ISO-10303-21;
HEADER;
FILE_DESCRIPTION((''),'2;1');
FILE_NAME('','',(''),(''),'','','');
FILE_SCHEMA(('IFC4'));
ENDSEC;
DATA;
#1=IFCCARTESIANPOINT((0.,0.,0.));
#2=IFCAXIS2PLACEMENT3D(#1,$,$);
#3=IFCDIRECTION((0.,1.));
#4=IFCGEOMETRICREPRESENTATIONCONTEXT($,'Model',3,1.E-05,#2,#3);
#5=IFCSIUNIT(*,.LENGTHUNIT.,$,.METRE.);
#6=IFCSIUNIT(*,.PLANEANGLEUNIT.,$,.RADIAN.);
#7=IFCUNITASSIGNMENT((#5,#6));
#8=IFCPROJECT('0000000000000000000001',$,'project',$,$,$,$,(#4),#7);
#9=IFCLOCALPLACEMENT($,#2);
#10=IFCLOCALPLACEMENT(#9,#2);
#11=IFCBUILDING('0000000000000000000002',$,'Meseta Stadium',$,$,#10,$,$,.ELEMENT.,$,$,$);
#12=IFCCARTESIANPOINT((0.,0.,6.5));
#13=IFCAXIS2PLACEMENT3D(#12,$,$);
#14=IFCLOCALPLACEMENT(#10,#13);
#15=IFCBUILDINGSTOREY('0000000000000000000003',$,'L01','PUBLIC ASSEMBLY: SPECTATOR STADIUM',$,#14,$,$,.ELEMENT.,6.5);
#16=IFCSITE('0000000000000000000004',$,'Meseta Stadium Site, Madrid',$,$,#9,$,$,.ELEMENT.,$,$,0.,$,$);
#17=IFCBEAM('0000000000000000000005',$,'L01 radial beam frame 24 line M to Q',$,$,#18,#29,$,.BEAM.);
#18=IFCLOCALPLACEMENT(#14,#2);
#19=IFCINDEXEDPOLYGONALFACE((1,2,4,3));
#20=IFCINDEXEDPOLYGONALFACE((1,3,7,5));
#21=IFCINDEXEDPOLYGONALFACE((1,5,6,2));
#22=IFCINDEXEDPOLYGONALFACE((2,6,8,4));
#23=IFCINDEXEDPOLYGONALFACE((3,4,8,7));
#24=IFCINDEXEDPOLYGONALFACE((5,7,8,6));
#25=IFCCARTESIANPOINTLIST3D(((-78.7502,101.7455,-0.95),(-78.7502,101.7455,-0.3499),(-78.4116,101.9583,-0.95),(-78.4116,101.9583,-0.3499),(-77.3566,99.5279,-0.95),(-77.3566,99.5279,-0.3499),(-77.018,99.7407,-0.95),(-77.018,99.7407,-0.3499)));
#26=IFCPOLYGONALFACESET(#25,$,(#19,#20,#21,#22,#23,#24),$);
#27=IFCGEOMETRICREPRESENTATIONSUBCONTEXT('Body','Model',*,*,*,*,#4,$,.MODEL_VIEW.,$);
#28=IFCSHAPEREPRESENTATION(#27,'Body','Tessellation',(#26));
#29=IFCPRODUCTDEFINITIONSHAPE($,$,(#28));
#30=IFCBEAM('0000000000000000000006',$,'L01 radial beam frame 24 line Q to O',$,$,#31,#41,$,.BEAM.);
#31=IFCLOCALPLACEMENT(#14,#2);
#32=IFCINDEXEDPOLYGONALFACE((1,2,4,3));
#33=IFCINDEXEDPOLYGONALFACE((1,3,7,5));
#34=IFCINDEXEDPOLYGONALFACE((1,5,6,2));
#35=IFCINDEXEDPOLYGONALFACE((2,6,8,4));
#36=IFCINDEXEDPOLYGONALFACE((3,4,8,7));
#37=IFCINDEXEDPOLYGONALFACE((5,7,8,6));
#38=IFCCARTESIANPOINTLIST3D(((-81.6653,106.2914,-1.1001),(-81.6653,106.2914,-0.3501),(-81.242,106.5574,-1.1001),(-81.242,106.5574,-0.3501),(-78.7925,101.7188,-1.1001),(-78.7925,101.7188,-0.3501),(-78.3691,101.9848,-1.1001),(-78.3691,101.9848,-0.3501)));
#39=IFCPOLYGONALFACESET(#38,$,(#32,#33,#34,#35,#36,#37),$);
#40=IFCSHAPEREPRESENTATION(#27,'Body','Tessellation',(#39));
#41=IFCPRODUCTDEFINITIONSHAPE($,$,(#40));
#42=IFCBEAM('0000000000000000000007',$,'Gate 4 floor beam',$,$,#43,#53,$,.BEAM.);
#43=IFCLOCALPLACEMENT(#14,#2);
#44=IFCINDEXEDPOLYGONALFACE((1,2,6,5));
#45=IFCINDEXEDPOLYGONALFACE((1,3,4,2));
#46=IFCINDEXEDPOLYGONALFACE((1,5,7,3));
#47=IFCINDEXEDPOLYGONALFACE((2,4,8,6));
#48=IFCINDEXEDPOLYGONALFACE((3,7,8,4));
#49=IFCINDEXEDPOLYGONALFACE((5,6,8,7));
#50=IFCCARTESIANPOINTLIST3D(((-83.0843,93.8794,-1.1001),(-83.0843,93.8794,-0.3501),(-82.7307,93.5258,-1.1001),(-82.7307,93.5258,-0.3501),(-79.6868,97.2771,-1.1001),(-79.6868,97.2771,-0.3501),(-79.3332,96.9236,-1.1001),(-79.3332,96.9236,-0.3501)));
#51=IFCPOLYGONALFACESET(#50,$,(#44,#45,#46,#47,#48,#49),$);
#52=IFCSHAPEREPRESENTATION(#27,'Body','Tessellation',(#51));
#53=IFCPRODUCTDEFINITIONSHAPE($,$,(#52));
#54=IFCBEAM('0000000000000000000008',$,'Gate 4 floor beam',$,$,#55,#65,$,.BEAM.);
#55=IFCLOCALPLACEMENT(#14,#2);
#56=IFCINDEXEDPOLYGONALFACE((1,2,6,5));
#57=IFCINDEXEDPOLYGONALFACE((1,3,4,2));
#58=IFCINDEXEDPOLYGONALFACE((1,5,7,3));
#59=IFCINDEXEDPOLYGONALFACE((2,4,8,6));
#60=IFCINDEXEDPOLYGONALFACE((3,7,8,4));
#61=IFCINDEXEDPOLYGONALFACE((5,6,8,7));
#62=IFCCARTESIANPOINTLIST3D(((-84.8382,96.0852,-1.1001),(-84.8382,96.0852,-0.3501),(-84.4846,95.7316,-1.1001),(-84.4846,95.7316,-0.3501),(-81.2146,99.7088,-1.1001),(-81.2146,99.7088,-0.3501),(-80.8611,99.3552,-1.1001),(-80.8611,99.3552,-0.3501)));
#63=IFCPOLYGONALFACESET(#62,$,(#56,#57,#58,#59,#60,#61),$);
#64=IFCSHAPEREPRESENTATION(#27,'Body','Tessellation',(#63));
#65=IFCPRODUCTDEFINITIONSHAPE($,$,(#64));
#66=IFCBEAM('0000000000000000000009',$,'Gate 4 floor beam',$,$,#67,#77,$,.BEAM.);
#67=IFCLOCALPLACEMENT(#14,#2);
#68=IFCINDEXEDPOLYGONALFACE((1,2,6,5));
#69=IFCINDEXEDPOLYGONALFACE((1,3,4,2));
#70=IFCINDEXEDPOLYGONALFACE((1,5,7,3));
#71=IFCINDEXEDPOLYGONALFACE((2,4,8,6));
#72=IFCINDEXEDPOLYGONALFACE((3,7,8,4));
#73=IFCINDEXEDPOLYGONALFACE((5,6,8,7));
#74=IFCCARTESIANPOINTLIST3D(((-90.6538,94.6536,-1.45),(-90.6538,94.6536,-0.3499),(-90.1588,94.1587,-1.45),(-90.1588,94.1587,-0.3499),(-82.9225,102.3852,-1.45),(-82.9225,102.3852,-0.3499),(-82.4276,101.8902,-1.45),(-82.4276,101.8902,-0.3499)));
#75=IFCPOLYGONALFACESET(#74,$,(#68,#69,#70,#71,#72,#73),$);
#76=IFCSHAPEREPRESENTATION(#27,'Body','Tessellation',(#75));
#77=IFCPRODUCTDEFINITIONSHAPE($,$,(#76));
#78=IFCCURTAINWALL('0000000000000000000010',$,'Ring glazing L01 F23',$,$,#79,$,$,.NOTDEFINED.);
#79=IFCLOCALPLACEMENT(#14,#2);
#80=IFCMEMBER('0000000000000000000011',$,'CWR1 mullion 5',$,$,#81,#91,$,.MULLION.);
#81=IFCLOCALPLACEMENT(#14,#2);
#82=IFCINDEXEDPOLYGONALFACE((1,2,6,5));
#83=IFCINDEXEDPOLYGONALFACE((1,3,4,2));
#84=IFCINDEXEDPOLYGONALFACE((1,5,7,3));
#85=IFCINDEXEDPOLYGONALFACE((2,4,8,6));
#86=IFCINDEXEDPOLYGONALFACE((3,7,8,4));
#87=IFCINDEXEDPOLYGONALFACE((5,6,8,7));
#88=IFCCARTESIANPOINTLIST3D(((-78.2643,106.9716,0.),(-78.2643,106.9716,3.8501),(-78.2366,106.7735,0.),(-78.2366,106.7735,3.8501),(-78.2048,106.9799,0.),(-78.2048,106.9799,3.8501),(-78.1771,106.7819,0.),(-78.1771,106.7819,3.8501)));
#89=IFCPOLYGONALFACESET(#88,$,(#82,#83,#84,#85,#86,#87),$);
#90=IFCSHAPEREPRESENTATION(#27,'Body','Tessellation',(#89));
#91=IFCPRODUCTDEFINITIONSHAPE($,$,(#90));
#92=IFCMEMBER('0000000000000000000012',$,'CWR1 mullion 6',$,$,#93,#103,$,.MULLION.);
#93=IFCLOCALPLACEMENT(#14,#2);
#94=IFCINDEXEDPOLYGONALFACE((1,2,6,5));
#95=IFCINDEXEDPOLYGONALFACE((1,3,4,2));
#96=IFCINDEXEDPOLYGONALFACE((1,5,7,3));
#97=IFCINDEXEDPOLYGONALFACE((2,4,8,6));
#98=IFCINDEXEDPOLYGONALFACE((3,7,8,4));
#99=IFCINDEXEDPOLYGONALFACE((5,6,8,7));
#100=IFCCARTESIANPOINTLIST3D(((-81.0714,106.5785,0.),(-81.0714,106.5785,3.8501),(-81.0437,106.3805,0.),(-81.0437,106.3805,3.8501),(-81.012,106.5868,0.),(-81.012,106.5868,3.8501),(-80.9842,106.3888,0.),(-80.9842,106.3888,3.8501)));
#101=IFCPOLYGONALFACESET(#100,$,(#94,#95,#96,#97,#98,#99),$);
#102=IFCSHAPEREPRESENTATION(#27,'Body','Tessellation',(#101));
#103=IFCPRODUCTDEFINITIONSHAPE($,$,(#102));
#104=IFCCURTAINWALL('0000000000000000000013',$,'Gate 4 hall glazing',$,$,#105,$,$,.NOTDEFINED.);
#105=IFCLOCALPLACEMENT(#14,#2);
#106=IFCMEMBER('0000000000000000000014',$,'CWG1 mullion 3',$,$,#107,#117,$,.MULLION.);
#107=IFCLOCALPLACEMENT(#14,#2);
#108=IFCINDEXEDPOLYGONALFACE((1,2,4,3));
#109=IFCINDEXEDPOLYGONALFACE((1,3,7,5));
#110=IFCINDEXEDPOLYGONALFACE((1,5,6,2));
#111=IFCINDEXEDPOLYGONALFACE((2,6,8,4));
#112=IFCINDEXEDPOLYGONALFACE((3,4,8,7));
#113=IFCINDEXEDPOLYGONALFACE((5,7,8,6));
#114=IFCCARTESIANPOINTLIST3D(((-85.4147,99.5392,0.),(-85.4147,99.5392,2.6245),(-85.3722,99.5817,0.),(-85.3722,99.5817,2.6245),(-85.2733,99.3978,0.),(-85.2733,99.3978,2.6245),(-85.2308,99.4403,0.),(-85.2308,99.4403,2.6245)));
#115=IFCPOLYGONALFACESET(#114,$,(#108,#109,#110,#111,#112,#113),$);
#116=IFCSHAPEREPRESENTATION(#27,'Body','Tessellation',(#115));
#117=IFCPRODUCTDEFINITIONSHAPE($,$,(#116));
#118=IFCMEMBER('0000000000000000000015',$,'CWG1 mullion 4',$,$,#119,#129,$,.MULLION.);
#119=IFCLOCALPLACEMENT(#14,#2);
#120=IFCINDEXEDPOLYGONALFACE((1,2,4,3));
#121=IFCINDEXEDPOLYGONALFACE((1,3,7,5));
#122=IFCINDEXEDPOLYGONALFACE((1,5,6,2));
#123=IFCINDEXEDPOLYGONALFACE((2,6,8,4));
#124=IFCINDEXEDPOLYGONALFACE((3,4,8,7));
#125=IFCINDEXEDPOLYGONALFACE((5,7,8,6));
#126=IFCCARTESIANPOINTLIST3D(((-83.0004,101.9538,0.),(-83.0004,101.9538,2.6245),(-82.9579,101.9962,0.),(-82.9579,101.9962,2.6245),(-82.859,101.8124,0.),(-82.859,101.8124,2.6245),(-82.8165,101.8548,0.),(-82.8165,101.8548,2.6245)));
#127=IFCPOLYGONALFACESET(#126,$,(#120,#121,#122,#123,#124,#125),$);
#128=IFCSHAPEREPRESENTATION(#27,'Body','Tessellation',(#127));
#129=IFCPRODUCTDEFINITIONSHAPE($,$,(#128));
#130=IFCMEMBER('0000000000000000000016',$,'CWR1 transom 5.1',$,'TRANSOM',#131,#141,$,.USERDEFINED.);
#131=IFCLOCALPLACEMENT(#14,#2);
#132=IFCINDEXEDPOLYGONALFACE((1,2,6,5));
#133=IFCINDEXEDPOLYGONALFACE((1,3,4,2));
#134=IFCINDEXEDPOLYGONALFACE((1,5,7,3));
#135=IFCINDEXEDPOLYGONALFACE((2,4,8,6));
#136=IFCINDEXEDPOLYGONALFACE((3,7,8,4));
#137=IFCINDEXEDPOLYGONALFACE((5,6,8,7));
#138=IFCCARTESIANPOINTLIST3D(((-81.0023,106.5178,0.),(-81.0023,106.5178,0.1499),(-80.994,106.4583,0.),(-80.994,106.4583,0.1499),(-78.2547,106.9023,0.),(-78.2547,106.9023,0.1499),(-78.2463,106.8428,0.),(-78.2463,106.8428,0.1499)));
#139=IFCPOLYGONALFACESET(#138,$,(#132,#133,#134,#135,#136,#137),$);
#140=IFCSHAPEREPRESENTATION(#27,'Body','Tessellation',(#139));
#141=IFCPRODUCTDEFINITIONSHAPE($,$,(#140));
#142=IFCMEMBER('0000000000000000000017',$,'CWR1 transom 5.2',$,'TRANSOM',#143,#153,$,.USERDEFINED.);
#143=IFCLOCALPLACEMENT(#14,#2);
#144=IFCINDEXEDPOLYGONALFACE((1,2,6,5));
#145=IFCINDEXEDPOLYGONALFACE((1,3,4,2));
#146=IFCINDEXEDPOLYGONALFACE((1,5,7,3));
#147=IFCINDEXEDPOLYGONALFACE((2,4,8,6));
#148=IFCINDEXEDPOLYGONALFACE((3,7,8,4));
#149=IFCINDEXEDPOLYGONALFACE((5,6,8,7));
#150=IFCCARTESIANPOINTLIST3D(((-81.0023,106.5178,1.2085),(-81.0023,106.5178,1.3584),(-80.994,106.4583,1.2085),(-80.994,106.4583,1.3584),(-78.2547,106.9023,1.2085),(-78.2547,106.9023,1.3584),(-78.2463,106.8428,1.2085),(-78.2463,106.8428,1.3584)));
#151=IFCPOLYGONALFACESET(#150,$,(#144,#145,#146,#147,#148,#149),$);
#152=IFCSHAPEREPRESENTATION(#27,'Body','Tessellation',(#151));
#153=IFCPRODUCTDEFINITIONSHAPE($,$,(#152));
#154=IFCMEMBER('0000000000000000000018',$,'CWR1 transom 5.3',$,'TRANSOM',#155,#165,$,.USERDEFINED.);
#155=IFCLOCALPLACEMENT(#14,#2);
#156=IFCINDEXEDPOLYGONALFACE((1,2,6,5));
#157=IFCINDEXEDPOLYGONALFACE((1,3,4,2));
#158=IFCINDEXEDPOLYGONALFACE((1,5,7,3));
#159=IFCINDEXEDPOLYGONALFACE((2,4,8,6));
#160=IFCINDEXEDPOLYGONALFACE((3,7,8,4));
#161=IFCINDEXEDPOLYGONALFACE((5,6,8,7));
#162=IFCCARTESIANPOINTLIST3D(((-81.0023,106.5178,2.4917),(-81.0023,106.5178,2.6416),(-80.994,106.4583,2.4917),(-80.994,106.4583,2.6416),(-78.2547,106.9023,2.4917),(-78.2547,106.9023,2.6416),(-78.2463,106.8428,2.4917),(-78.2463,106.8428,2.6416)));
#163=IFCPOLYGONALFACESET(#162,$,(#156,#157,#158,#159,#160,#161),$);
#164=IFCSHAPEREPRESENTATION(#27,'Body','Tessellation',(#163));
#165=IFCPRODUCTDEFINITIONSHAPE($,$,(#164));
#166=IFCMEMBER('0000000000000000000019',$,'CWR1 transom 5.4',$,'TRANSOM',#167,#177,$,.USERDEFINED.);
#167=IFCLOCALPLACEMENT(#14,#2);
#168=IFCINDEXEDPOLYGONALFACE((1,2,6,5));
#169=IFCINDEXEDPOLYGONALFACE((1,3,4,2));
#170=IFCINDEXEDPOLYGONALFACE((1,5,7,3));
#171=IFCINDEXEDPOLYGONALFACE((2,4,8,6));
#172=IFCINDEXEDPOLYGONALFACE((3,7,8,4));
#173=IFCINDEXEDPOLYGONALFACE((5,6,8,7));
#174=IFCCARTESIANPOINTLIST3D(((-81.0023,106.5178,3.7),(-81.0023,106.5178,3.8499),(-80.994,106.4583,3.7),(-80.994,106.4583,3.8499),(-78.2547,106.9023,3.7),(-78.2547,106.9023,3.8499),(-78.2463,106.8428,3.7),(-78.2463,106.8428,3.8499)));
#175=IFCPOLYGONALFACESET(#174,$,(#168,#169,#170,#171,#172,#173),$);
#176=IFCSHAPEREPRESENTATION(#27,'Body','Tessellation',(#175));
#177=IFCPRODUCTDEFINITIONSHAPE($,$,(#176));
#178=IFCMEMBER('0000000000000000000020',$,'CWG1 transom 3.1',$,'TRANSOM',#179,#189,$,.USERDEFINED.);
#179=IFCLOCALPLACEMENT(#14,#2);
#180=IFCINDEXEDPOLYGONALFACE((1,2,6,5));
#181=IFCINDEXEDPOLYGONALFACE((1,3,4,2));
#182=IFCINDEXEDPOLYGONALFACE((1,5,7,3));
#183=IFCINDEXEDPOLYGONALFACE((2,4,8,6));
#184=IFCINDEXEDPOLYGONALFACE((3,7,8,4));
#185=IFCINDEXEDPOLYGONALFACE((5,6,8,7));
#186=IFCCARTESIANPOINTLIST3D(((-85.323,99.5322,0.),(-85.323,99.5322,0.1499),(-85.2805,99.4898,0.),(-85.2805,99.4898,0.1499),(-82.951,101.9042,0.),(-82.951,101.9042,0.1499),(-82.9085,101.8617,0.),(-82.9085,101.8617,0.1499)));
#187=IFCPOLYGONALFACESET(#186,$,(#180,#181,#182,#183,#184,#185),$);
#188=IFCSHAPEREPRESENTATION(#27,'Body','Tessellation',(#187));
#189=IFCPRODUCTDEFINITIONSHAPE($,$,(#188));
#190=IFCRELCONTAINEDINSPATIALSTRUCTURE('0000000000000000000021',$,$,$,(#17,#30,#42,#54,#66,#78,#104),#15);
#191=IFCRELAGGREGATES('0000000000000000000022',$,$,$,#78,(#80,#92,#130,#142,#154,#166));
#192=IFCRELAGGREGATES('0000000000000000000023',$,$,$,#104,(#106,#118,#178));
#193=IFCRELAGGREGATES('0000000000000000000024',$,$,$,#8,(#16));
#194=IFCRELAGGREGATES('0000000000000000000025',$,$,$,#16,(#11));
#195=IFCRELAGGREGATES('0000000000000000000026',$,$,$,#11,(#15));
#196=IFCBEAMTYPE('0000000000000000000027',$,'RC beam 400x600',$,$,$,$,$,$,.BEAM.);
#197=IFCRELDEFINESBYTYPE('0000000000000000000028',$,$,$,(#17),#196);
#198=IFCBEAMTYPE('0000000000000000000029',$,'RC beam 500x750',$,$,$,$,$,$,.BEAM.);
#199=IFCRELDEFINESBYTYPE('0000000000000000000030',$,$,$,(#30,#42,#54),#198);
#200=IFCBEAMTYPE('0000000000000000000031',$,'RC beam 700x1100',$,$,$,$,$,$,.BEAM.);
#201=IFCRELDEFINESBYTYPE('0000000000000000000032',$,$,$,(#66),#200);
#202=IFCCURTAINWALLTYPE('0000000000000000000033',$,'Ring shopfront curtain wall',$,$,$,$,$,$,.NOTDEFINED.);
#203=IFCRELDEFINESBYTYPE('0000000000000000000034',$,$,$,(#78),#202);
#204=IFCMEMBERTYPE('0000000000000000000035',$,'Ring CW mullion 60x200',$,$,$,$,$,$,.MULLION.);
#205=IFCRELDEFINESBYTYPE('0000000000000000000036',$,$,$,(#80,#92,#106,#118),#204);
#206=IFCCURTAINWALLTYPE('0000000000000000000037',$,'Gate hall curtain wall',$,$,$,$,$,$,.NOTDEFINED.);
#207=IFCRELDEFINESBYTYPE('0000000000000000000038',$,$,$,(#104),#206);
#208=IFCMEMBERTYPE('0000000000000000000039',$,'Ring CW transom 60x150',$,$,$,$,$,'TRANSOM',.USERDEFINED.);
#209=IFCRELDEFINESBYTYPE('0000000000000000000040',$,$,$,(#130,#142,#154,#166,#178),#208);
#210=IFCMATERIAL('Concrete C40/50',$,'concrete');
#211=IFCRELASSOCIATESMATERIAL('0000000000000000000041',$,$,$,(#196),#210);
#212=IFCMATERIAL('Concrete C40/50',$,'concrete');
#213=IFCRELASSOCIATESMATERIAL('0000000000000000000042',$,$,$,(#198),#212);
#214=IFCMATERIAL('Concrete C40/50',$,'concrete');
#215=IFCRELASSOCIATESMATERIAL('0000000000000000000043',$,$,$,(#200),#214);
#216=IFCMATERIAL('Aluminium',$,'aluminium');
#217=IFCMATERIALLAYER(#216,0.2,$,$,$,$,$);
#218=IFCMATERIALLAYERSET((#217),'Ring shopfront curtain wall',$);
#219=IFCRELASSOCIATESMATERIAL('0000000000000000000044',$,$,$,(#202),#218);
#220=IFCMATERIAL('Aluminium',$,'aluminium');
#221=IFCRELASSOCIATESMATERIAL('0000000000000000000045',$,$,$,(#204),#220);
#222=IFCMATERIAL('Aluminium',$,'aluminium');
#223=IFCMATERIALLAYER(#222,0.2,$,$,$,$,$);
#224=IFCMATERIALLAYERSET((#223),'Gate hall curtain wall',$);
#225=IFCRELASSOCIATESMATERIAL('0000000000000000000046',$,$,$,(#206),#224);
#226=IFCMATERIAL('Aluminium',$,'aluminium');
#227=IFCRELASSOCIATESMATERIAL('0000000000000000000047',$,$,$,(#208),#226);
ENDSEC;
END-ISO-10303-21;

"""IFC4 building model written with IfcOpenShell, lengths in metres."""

from ifc_helpers import new_model, si_unit, direction, frame, origin, origin_2d, place, context, subcontext, project, spatial, rectangle, extrude, material, layer, layer_set, material_profile, profile_set, type_object, element, aggregate, save


model = new_model("IFC4")

# Units and contexts
model_context = context("Model", 3, precision=1e-05, world=origin(), true_north=direction((0.0, 1.0)))
body_context = subcontext(model_context, "Body", "Model", "MODEL_VIEW")
ifc_project = project(units=[si_unit("LENGTHUNIT", "METRE"), si_unit("PLANEANGLEUNIT", "RADIAN")], contexts=[model_context])

# Site, building, storey
site_placement = place(None, origin())
site = spatial("IfcSite", under=ifc_project, at=site_placement, Name="Meseta Stadium Site, Madrid", CompositionType="ELEMENT", RefElevation=0.0)
building_placement = place(site_placement, origin())
building = spatial("IfcBuilding", under=site, at=building_placement, Name="Meseta Stadium", CompositionType="ELEMENT")
storey_placement = place(building_placement, frame((0.0, 0.0, 6.5)))
storey = spatial("IfcBuildingStorey", under=building, at=storey_placement, Name="L01", Description="PUBLIC ASSEMBLY: SPECTATOR STADIUM", CompositionType="ELEMENT", Elevation=6.5)

# Beams
ifc_material_1 = material(Name="Concrete C40/50", Category="concrete")
ifc_material_profile_1 = material_profile(ifc_material_1, rectangle(XDim=0.3999, YDim=0.6001, at=origin_2d()), Name="RC 400x600")
ifc_profile_set_1 = profile_set([ifc_material_profile_1], Name="Concrete C40/50")
beam_type_1 = type_object("IfcBeamType", Name="RC beam 400x600", PredefinedType="BEAM", material=ifc_profile_set_1)
beam_1_placement = place(storey_placement, frame((-77.1873, 99.6343, -0.6499), z_axis=(-0.532084, 0.846692, 0.0), x_axis=(-0.846692, -0.532084, 0.0)))
element("IfcBeam", 1, at=beam_1_placement, inside=storey, type_object=beam_type_1, Name="L01 radial beam frame 24 line M to Q", PredefinedType="BEAM", context=body_context, shape_type="SweptSolid", body=[
    extrude(rectangle(XDim=0.3999, YDim=0.6001, at=origin_2d()), origin(), (0.0, 0.0, 1.0), 2.6191),
])
ifc_material_2 = material(Name="Concrete C40/50", Category="concrete")
ifc_material_profile_2 = material_profile(ifc_material_2, rectangle(XDim=0.5, YDim=0.75, at=origin_2d()), Name="RC 500x750")
ifc_profile_set_2 = profile_set([ifc_material_profile_2], Name="Concrete C40/50")
beam_type_2 = type_object("IfcBeamType", Name="RC beam 500x750", PredefinedType="BEAM", material=ifc_profile_set_2)
beam_2_placement = place(storey_placement, frame((-78.5808, 101.8518, -0.7251), z_axis=(-0.531993, 0.846749, 0.0), x_axis=(-0.846749, -0.531993, 0.0)))
element("IfcBeam", 2, at=beam_2_placement, inside=storey, type_object=beam_type_2, Name="L01 radial beam frame 24 line Q to O", PredefinedType="BEAM", context=body_context, shape_type="SweptSolid", body=[
    extrude(rectangle(XDim=0.5, YDim=0.75, at=origin_2d()), origin(), (0.0, 0.0, 1.0), 5.4001),
])
beam_3_placement = place(storey_placement, frame((-79.51, 97.1003, -0.7251), z_axis=(-0.707081, -0.707132, 0.0), x_axis=(0.707132, -0.707081, 0.0)))
element("IfcBeam", 3, at=beam_3_placement, inside=storey, type_object=beam_type_2, Name="Gate 4 floor beam", PredefinedType="BEAM", context=body_context, shape_type="SweptSolid", body=[
    extrude(rectangle(XDim=0.5, YDim=0.75, at=origin_2d()), origin(), (0.0, 0.0, 1.0), 4.8049),
])
beam_4_placement = place(storey_placement, frame((-81.0378, 99.532, -0.7251), z_axis=(-0.707107, -0.707107, 0.0), x_axis=(0.707107, -0.707107, 0.0)))
element("IfcBeam", 4, at=beam_4_placement, inside=storey, type_object=beam_type_2, Name="Gate 4 floor beam", PredefinedType="BEAM", context=body_context, shape_type="SweptSolid", body=[
    extrude(rectangle(XDim=0.5, YDim=0.75, at=origin_2d()), origin(), (0.0, 0.0, 1.0), 5.1245),
])
ifc_material_3 = material(Name="Concrete C40/50", Category="concrete")
ifc_material_profile_3 = material_profile(ifc_material_3, rectangle(XDim=0.7, YDim=1.1001, at=origin_2d()), Name="RC 700x1100")
ifc_profile_set_3 = profile_set([ifc_material_profile_3], Name="Concrete C40/50")
beam_type_3 = type_object("IfcBeamType", Name="RC beam 700x1100", PredefinedType="BEAM", material=ifc_profile_set_3)
beam_5_placement = place(storey_placement, frame((-82.675, 102.1377, -0.8999), z_axis=(-0.707096, -0.707118, 0.0), x_axis=(0.707118, -0.707096, 0.0)))
element("IfcBeam", 5, at=beam_5_placement, inside=storey, type_object=beam_type_3, Name="Gate 4 floor beam", PredefinedType="BEAM", context=body_context, shape_type="SweptSolid", body=[
    extrude(rectangle(XDim=0.7, YDim=1.1001, at=origin_2d()), origin(), (0.0, 0.0, 1.0), 10.9338),
])

# Curtain walls, members
ifc_material_4 = material(Name="Aluminium", Category="aluminium")
ifc_layer_1 = layer(ifc_material_4, 0.2)
ifc_layer_set_1 = layer_set([ifc_layer_1], Name="Ring shopfront curtain wall")
curtain_wall_type_1 = type_object("IfcCurtainWallType", Name="Ring shopfront curtain wall", PredefinedType="NOTDEFINED", material=ifc_layer_set_1)
curtain_wall_1_placement = place(storey_placement, origin())
curtain_wall_1 = element("IfcCurtainWall", 6, at=curtain_wall_1_placement, inside=storey, type_object=curtain_wall_type_1, Name="Ring glazing L01 F23", PredefinedType="NOTDEFINED")
ifc_material_5 = material(Name="Aluminium", Category="aluminium")
ifc_material_profile_4 = material_profile(ifc_material_5, rectangle(XDim=0.2, YDim=0.0601, at=origin_2d()), Name="CW 200x60")
ifc_profile_set_4 = profile_set([ifc_material_profile_4], Name="Aluminium")
member_type_1 = type_object("IfcMemberType", Name="Ring CW mullion 60x200", PredefinedType="MULLION", material=ifc_profile_set_4)
member_1_placement = place(storey_placement, frame((-78.2207, 106.8767, 0.0), z_axis=(0.0, 0.0, 1.0), x_axis=(0.138643, -0.990342, 0.0)))
member_1 = element("IfcMember", 7, at=member_1_placement, type_object=member_type_1, Name="CWR1 mullion 5", PredefinedType="MULLION", context=body_context, shape_type="SweptSolid", body=[
    extrude(rectangle(XDim=0.2, YDim=0.0601, at=origin_2d()), origin(), (0.0, 0.0, 1.0), 3.8501),
])
member_2_placement = place(storey_placement, frame((-81.0278, 106.4836, 0.0), z_axis=(0.0, 0.0, 1.0), x_axis=(0.138643, -0.990342, 0.0)))
member_2 = element("IfcMember", 8, at=member_2_placement, type_object=member_type_1, Name="CWR1 mullion 6", PredefinedType="MULLION", context=body_context, shape_type="SweptSolid", body=[
    extrude(rectangle(XDim=0.2, YDim=0.0601, at=origin_2d()), origin(), (0.0, 0.0, 1.0), 3.8501),
])
ifc_material_6 = material(Name="Aluminium", Category="aluminium")
ifc_layer_2 = layer(ifc_material_6, 0.2)
ifc_layer_set_2 = layer_set([ifc_layer_2], Name="Gate hall curtain wall")
curtain_wall_type_2 = type_object("IfcCurtainWallType", Name="Gate hall curtain wall", PredefinedType="NOTDEFINED", material=ifc_layer_set_2)
curtain_wall_2_placement = place(storey_placement, origin())
curtain_wall_2 = element("IfcCurtainWall", 9, at=curtain_wall_2_placement, inside=storey, type_object=curtain_wall_type_2, Name="Gate 4 hall glazing", PredefinedType="NOTDEFINED")
member_3_placement = place(storey_placement, frame((-85.3228, 99.4897, 0.0), z_axis=(0.0, 0.0, 1.0), x_axis=(-0.707112, 0.707102, 0.0)))
member_3 = element("IfcMember", 10, at=member_3_placement, type_object=member_type_1, Name="CWG1 mullion 3", PredefinedType="MULLION", context=body_context, shape_type="SweptSolid", body=[
    extrude(rectangle(XDim=0.2, YDim=0.0601, at=origin_2d()), origin(), (0.0, 0.0, 1.0), 2.6245),
])
member_4_placement = place(storey_placement, frame((-82.9084, 101.9043, 0.0), z_axis=(0.0, 0.0, 1.0), x_axis=(-0.707112, 0.707102, 0.0)))
member_4 = element("IfcMember", 11, at=member_4_placement, type_object=member_type_1, Name="CWG1 mullion 4", PredefinedType="MULLION", context=body_context, shape_type="SweptSolid", body=[
    extrude(rectangle(XDim=0.2, YDim=0.0601, at=origin_2d()), origin(), (0.0, 0.0, 1.0), 2.6245),
])

# Members
ifc_material_7 = material(Name="Aluminium", Category="aluminium")
ifc_material_profile_5 = material_profile(ifc_material_7, rectangle(XDim=0.0601, YDim=0.1499, at=origin_2d()), Name="CW 60x150")
ifc_profile_set_5 = profile_set([ifc_material_profile_5], Name="Aluminium")
member_type_2 = type_object("IfcMemberType", Name="Ring CW transom 60x150", ElementType="TRANSOM", PredefinedType="USERDEFINED", material=ifc_profile_set_5)
member_5_placement = place(storey_placement, frame((-78.2505, 106.8726, 0.075), z_axis=(-0.990349, -0.1386, 0.0), x_axis=(0.1386, -0.990349, 0.0)))
member_5 = element("IfcMember", 12, at=member_5_placement, type_object=member_type_2, Name="CWR1 transom 5.1", ObjectType="TRANSOM", PredefinedType="USERDEFINED", context=body_context, shape_type="SweptSolid", body=[
    extrude(rectangle(XDim=0.0601, YDim=0.1499, at=origin_2d()), origin(), (0.0, 0.0, 1.0), 2.7744),
])
member_6_placement = place(storey_placement, frame((-78.2505, 106.8726, 1.2834), z_axis=(-0.990349, -0.1386, 0.0), x_axis=(0.1386, -0.990349, 0.0)))
member_6 = element("IfcMember", 13, at=member_6_placement, type_object=member_type_2, Name="CWR1 transom 5.2", ObjectType="TRANSOM", PredefinedType="USERDEFINED", context=body_context, shape_type="SweptSolid", body=[
    extrude(rectangle(XDim=0.0601, YDim=0.1499, at=origin_2d()), origin(), (0.0, 0.0, 1.0), 2.7744),
])
member_7_placement = place(storey_placement, frame((-78.2505, 106.8726, 2.5667), z_axis=(-0.990349, -0.1386, 0.0), x_axis=(0.1386, -0.990349, 0.0)))
member_7 = element("IfcMember", 14, at=member_7_placement, type_object=member_type_2, Name="CWR1 transom 5.3", ObjectType="TRANSOM", PredefinedType="USERDEFINED", context=body_context, shape_type="SweptSolid", body=[
    extrude(rectangle(XDim=0.0601, YDim=0.1499, at=origin_2d()), origin(), (0.0, 0.0, 1.0), 2.7744),
])
member_8_placement = place(storey_placement, frame((-78.2505, 106.8726, 3.7749), z_axis=(-0.990349, -0.1386, 0.0), x_axis=(0.1386, -0.990349, 0.0)))
member_8 = element("IfcMember", 15, at=member_8_placement, type_object=member_type_2, Name="CWR1 transom 5.4", ObjectType="TRANSOM", PredefinedType="USERDEFINED", context=body_context, shape_type="SweptSolid", body=[
    extrude(rectangle(XDim=0.0601, YDim=0.1499, at=origin_2d()), origin(), (0.0, 0.0, 1.0), 2.7744),
])
member_9_placement = place(storey_placement, frame((-85.3018, 99.511, 0.075), z_axis=(0.707107, 0.707107, 0.0), x_axis=(-0.707107, 0.707107, 0.0)))
member_9 = element("IfcMember", 16, at=member_9_placement, type_object=member_type_2, Name="CWG1 transom 3.1", ObjectType="TRANSOM", PredefinedType="USERDEFINED", context=body_context, shape_type="SweptSolid", body=[
    extrude(rectangle(XDim=0.0601, YDim=0.1499, at=origin_2d()), origin(), (0.0, 0.0, 1.0), 3.3545),
])

aggregate(curtain_wall_1, [member_1, member_2, member_5, member_6, member_7, member_8])
aggregate(curtain_wall_2, [member_3, member_4, member_9])

save(model, "model.ifc")
